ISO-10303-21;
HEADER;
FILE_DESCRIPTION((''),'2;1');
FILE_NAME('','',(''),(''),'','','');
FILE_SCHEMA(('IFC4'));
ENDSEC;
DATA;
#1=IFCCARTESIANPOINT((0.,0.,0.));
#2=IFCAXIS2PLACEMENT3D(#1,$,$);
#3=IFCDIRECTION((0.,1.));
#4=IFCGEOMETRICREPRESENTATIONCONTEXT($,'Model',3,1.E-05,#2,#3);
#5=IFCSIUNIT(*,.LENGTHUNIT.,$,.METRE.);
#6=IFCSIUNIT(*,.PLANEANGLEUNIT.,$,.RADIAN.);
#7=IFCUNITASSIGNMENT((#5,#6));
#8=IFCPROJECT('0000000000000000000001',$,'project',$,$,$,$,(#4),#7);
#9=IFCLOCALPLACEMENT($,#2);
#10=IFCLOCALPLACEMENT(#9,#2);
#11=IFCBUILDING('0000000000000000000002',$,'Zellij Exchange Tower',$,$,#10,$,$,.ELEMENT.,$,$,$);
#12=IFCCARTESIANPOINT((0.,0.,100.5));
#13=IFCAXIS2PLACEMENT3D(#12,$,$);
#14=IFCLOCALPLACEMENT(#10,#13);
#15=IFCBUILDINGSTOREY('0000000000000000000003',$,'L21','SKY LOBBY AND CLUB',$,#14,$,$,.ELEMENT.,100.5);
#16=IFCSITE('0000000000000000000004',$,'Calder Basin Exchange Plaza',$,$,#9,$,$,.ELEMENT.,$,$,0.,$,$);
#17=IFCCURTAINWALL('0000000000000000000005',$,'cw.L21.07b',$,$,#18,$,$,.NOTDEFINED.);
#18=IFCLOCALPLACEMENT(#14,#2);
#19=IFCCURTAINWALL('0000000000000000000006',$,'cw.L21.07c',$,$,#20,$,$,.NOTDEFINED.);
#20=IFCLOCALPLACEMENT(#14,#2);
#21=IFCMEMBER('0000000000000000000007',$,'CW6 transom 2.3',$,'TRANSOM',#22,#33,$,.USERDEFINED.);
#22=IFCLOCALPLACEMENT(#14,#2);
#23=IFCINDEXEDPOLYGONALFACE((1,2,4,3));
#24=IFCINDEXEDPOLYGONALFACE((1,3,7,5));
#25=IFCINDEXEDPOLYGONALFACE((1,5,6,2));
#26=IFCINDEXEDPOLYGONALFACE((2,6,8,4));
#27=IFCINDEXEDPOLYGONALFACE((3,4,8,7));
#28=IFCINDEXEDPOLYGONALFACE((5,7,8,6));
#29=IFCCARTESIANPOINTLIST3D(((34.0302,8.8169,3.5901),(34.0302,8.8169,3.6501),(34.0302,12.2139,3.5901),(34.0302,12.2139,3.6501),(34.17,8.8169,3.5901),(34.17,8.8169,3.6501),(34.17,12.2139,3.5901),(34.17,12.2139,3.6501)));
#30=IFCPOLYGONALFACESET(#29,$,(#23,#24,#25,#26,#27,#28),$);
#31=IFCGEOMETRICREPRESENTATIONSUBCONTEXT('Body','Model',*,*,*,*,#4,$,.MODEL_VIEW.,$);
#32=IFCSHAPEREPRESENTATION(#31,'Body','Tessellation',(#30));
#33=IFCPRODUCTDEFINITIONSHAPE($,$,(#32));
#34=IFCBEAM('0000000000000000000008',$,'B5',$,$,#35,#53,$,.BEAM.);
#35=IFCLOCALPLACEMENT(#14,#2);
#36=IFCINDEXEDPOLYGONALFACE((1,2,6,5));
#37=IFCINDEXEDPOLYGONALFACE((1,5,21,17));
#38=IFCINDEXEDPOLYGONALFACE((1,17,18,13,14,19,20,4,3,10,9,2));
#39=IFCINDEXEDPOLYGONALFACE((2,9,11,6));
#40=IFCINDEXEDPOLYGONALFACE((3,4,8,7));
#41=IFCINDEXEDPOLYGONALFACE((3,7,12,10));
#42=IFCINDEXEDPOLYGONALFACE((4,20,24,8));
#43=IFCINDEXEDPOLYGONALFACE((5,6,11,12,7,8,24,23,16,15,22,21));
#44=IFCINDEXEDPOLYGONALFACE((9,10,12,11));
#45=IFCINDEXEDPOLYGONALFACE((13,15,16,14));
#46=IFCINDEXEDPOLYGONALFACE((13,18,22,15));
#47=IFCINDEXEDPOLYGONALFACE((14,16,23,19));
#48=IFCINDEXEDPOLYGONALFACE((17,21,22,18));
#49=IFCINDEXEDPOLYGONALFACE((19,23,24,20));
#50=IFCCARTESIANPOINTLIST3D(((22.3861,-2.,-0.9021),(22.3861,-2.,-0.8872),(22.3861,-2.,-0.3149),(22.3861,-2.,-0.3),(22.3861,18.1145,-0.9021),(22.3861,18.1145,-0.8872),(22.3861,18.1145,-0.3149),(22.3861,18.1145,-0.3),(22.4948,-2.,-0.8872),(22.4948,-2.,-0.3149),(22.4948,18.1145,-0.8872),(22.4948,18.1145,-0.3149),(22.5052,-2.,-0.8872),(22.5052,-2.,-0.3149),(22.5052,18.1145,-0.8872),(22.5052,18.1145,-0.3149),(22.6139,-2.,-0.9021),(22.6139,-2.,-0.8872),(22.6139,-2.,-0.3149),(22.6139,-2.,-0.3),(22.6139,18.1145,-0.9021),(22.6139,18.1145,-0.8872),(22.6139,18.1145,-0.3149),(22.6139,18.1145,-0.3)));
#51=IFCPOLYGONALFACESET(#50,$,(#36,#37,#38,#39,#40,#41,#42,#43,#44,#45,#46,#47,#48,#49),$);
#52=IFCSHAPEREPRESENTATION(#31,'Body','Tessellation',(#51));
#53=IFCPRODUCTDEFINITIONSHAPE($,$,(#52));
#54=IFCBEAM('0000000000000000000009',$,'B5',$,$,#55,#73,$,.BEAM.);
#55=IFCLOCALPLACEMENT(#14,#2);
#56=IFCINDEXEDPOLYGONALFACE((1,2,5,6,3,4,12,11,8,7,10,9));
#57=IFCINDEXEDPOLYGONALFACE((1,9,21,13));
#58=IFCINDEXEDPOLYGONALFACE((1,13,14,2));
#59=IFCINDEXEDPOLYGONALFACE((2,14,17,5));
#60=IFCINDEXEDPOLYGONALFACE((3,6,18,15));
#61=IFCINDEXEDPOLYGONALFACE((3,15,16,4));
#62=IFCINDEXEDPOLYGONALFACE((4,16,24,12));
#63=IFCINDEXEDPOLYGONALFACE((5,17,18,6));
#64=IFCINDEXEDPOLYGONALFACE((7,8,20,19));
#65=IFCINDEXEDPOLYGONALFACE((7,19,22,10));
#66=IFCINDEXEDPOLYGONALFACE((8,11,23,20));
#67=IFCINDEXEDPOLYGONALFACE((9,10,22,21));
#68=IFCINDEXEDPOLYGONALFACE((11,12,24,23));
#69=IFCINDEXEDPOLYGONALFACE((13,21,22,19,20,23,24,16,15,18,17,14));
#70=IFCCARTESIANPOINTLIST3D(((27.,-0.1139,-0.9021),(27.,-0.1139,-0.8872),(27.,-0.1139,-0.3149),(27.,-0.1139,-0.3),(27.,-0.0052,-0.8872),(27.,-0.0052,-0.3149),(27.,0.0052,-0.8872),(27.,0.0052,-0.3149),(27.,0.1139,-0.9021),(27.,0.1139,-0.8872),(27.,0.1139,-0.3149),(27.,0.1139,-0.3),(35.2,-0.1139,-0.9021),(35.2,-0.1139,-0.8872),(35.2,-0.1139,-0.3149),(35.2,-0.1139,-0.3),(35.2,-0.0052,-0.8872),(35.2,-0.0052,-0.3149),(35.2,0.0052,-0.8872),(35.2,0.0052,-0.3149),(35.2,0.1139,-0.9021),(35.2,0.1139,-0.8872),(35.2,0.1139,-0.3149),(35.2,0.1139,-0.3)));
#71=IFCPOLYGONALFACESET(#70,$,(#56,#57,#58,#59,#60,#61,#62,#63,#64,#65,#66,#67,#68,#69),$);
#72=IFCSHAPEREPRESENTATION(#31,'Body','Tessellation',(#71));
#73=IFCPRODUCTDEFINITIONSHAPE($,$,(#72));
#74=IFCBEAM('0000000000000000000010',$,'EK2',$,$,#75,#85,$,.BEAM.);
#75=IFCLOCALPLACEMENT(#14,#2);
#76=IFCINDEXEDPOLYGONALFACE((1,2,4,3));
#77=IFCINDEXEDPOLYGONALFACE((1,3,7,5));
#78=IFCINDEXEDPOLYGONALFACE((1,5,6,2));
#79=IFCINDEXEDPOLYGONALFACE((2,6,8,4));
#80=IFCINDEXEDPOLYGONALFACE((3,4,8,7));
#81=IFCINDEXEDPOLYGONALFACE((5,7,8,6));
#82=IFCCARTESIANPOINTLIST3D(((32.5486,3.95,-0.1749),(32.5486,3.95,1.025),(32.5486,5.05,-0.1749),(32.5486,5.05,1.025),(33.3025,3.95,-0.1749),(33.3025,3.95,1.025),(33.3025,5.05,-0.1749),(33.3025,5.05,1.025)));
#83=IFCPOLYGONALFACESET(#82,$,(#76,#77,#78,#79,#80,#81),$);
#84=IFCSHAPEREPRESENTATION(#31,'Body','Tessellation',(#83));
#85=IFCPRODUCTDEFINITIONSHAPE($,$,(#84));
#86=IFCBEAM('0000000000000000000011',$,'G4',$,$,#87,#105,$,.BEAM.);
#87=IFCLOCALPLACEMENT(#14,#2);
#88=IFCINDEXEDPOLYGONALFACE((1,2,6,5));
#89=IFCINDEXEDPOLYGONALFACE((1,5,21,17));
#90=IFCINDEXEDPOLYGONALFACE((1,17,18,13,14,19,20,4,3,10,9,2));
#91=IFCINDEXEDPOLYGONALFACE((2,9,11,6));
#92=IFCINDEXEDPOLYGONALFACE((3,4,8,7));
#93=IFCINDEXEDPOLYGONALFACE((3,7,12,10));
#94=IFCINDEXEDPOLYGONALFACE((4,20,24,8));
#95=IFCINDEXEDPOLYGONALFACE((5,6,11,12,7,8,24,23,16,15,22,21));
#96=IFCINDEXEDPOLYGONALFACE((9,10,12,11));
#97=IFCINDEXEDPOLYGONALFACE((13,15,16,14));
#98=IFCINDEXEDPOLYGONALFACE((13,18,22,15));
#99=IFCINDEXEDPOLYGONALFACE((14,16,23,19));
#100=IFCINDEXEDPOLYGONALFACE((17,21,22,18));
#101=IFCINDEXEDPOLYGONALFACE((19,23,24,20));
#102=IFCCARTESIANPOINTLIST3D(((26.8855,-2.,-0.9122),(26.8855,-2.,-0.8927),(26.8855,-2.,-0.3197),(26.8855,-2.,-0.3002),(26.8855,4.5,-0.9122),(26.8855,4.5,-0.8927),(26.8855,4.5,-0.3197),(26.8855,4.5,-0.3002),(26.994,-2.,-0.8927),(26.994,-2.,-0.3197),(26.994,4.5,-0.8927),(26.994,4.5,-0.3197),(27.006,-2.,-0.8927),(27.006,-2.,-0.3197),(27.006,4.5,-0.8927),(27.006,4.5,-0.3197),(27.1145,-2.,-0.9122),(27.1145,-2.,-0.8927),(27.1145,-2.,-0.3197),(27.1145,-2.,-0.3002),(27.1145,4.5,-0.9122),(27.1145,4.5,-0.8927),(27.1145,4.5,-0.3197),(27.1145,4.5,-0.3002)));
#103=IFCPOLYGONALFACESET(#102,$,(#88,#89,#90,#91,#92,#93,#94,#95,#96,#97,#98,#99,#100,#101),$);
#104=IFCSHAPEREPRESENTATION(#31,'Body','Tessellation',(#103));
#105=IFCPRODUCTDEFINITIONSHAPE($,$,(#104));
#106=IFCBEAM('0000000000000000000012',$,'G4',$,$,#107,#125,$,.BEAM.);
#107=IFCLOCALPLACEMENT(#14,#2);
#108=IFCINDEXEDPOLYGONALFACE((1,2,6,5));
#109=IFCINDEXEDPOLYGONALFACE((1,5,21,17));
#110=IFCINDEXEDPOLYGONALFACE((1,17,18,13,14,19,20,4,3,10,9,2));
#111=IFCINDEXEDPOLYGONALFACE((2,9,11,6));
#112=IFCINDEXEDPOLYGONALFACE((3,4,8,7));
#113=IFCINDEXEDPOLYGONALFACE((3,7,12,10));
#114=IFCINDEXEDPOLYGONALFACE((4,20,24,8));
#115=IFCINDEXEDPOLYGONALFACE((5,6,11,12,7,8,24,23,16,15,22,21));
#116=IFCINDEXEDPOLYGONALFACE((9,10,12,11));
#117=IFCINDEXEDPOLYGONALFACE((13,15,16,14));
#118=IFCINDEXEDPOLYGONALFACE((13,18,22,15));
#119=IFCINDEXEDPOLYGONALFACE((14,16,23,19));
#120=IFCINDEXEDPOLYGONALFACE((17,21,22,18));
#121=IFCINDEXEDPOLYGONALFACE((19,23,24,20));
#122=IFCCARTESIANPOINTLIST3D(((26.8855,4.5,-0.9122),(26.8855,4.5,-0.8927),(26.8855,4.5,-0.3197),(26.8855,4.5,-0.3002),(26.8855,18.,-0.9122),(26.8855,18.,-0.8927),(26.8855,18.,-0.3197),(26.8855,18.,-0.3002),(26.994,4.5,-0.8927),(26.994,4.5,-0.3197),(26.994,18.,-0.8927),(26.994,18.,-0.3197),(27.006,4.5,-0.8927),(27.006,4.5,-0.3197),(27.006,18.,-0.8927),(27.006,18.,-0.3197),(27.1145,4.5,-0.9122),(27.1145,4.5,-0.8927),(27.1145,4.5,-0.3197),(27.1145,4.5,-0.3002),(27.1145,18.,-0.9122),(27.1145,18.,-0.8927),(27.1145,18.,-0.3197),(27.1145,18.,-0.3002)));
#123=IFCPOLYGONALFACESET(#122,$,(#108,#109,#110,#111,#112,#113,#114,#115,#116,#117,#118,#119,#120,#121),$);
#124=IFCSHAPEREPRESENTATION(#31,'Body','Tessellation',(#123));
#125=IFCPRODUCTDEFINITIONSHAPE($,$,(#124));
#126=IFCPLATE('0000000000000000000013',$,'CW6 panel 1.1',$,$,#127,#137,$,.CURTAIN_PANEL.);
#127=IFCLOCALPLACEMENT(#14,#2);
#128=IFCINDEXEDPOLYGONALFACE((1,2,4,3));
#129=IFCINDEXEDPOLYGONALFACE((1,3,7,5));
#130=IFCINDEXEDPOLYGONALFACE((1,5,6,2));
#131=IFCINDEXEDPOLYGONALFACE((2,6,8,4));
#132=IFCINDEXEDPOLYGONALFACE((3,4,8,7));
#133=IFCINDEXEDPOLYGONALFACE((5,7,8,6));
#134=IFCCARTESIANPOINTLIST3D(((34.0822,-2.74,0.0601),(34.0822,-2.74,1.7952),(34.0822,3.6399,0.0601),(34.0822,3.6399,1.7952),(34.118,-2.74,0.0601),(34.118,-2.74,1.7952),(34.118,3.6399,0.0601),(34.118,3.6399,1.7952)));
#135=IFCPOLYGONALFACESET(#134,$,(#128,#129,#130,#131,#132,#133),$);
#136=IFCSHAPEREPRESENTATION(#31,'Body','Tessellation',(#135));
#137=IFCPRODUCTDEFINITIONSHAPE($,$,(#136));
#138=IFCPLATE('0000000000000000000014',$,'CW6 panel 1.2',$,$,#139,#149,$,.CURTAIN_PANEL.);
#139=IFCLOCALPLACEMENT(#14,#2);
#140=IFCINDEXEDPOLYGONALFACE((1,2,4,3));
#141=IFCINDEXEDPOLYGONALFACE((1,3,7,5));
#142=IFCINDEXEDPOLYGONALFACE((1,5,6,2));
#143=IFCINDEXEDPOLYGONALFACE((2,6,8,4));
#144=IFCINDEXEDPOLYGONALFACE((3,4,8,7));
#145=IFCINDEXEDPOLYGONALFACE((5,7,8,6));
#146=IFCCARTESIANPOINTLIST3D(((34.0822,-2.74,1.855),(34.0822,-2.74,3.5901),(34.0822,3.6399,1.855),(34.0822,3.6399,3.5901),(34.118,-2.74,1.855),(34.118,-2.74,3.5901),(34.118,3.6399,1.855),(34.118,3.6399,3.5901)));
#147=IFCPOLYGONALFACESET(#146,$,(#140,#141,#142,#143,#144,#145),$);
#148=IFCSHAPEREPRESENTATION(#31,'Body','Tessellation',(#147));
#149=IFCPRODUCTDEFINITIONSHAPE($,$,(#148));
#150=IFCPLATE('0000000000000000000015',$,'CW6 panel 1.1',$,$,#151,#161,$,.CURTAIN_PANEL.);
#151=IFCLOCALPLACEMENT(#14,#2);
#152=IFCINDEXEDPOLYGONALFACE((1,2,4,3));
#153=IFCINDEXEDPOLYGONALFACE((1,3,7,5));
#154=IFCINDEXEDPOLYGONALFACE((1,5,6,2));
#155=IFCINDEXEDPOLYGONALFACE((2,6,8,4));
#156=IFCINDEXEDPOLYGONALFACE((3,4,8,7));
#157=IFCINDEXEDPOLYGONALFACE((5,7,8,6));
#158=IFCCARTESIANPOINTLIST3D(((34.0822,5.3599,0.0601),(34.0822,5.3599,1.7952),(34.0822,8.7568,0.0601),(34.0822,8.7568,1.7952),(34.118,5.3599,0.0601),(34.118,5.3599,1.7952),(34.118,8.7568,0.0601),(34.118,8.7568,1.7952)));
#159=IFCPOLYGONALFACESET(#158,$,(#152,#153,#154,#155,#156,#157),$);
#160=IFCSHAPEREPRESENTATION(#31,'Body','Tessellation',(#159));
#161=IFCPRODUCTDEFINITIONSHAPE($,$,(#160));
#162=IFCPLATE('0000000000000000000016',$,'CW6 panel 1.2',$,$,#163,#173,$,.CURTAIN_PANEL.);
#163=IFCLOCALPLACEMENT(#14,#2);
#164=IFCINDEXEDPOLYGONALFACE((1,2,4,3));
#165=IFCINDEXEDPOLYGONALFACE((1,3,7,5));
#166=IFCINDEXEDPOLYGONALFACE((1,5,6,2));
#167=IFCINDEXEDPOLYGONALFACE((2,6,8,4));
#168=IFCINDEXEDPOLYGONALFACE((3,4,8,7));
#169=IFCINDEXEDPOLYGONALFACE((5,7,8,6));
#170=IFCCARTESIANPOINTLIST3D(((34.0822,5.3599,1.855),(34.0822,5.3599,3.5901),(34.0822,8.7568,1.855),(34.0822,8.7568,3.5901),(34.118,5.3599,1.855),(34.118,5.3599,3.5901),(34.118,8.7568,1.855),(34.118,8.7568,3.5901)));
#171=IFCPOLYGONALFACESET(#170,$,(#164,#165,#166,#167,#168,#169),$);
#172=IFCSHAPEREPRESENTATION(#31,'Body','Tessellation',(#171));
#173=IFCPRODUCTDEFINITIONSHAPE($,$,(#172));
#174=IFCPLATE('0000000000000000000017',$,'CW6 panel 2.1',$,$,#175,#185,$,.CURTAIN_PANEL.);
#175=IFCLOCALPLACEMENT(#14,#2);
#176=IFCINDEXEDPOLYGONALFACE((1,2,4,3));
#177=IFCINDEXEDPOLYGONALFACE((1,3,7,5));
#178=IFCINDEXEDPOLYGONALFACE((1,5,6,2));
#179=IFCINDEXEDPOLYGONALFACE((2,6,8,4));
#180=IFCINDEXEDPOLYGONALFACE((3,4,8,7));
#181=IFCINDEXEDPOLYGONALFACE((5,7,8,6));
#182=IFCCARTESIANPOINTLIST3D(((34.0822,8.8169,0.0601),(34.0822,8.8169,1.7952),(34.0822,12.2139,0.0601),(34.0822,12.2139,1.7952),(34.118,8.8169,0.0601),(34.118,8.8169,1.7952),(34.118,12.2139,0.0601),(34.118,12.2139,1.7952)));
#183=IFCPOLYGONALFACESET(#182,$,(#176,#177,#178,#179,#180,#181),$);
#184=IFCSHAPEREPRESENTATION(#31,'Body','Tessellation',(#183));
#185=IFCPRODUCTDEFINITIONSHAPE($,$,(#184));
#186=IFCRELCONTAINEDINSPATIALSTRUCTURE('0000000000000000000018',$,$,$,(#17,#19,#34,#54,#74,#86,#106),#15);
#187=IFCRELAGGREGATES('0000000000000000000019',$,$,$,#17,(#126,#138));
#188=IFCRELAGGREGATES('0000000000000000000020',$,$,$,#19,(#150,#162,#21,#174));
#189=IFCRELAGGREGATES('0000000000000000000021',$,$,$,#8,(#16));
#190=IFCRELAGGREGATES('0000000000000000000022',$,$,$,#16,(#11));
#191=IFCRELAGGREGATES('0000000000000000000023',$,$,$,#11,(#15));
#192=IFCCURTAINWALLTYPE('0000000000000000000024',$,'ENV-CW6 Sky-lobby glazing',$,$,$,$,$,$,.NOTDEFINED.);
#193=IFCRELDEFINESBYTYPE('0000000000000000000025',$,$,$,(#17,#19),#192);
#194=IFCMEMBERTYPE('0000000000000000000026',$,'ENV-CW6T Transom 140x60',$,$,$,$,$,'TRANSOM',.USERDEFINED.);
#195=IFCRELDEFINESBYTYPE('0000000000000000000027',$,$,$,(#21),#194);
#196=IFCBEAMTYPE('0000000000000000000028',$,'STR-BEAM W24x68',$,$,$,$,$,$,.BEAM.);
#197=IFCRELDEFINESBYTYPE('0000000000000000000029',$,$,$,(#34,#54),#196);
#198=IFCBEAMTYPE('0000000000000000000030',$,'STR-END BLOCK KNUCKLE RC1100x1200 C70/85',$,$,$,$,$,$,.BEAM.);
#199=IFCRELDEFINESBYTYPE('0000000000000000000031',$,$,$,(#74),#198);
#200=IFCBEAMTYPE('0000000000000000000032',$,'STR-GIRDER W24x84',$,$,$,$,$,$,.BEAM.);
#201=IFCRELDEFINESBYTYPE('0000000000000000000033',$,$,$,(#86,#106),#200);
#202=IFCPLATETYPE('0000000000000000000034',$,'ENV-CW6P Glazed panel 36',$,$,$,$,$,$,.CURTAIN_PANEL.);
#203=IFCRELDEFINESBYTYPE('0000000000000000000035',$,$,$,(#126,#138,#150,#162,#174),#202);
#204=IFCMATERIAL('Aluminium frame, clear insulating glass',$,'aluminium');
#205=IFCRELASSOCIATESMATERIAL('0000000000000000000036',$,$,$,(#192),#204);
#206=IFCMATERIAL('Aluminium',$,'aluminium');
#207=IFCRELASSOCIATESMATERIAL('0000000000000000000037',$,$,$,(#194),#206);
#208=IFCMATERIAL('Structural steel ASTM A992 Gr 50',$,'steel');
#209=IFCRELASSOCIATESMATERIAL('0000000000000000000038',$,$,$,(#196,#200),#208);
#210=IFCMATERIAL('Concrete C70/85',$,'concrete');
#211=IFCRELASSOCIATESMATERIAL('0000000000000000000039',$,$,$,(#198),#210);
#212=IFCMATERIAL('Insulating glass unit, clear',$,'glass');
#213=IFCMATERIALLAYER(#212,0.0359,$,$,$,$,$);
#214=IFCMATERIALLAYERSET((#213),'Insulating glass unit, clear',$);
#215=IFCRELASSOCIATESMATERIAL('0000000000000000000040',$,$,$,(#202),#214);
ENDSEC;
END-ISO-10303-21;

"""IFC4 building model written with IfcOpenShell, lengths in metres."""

from ifc_helpers import new_model, si_unit, direction, frame, origin, origin_2d, place, context, subcontext, project, spatial, rectangle, i_section, extrude, material, layer, layer_set, material_profile, profile_set, type_object, element, aggregate, save


model = new_model("IFC4")

# Units and contexts
model_context = context("Model", 3, precision=1e-05, world=origin(), true_north=direction((0.0, 1.0)))
body_context = subcontext(model_context, "Body", "Model", "MODEL_VIEW")
ifc_project = project(units=[si_unit("LENGTHUNIT", "METRE"), si_unit("PLANEANGLEUNIT", "RADIAN")], contexts=[model_context])

# Site, building, storey
site_placement = place(None, origin())
site = spatial("IfcSite", under=ifc_project, at=site_placement, Name="Calder Basin Exchange Plaza", CompositionType="ELEMENT", RefElevation=0.0)
building_placement = place(site_placement, origin())
building = spatial("IfcBuilding", under=site, at=building_placement, Name="Zellij Exchange Tower", CompositionType="ELEMENT")
storey_placement = place(building_placement, frame((0.0, 0.0, 100.5)))
storey = spatial("IfcBuildingStorey", under=building, at=storey_placement, Name="L21", Description="SKY LOBBY AND CLUB", CompositionType="ELEMENT", Elevation=100.5)

# Shared definitions
ifc_material_1 = material(Name="Concrete C70/85", Category="concrete")

# Curtain walls
ifc_material_2 = material(Name="Aluminium frame, clear insulating glass", Category="aluminium")
curtain_wall_type = type_object("IfcCurtainWallType", Name="ENV-CW6 Sky-lobby glazing", PredefinedType="NOTDEFINED", material=ifc_material_2)
curtain_wall_1_placement = place(storey_placement, origin())
curtain_wall_1 = element("IfcCurtainWall", 1, at=curtain_wall_1_placement, inside=storey, type_object=curtain_wall_type, Name="cw.L21.07b", PredefinedType="NOTDEFINED")
ifc_material_3 = material(Name="Aluminium", Category="aluminium")
curtain_wall_2_placement = place(storey_placement, origin())
curtain_wall_2 = element("IfcCurtainWall", 2, at=curtain_wall_2_placement, inside=storey, type_object=curtain_wall_type, Name="cw.L21.07c", PredefinedType="NOTDEFINED")

# Member
ifc_material_profile_1 = material_profile(ifc_material_3, rectangle(XDim=0.1399, YDim=0.0601, at=origin_2d()), Name="AL 140x60")
ifc_profile_set_1 = profile_set([ifc_material_profile_1], Name="Aluminium")
member_type_1 = type_object("IfcMemberType", Name="ENV-CW6T Transom 140x60", ElementType="TRANSOM", PredefinedType="USERDEFINED", material=ifc_profile_set_1)
member_1_placement = place(storey_placement, frame((34.1001, 8.8169, 3.6201), z_axis=(0.0, 1.0, 0.0), x_axis=(-1.0, 0.0, 0.0)))
member_1 = element("IfcMember", 3, at=member_1_placement, type_object=member_type_1, Name="CW6 transom 2.3", ObjectType="TRANSOM", PredefinedType="USERDEFINED", context=body_context, shape_type="SweptSolid", body=[
    extrude(rectangle(XDim=0.1399, YDim=0.0601, at=origin_2d()), origin(), (0.0, 0.0, 1.0), 3.397),
])

# Beams
ifc_material_4 = material(Name="Structural steel ASTM A992 Gr 50", Category="steel")
ifc_material_profile_2 = material_profile(ifc_material_4, i_section(OverallWidth=0.2278, OverallDepth=0.6021, WebThickness=0.0105, FlangeThickness=0.0149, at=origin_2d()), Name="W24x68")
ifc_profile_set_2 = profile_set([ifc_material_profile_2], Name="Structural steel ASTM A992 Gr 50")
beam_type_1 = type_object("IfcBeamType", Name="STR-BEAM W24x68", PredefinedType="BEAM", material=ifc_profile_set_2)
beam_1_placement = place(storey_placement, frame((22.5, -2.0, -0.6011), z_axis=(0.0, 1.0, 0.0), x_axis=(-1.0, 0.0, 0.0)))
element("IfcBeam", 4, at=beam_1_placement, inside=storey, type_object=beam_type_1, Name="B5", PredefinedType="BEAM", context=body_context, shape_type="SweptSolid", body=[
    extrude(i_section(OverallWidth=0.2278, OverallDepth=0.6021, WebThickness=0.0105, FlangeThickness=0.0149, at=origin_2d()), origin(), (0.0, 0.0, 1.0), 20.1145),
])
beam_2_placement = place(storey_placement, frame((27.0, 0.0, -0.6011), z_axis=(1.0, 0.0, 0.0), x_axis=(0.0, 1.0, 0.0)))
element("IfcBeam", 5, at=beam_2_placement, inside=storey, type_object=beam_type_1, Name="B5", PredefinedType="BEAM", context=body_context, shape_type="SweptSolid", body=[
    extrude(i_section(OverallWidth=0.2278, OverallDepth=0.6021, WebThickness=0.0105, FlangeThickness=0.0149, at=origin_2d()), origin(), (0.0, 0.0, 1.0), 8.2),
])
ifc_material_profile_3 = material_profile(ifc_material_1, rectangle(XDim=1.1001, YDim=1.2, at=origin_2d()), Name="STR-END BLOCK KNUCKLE RC1100x1200 C70/85")
ifc_profile_set_3 = profile_set([ifc_material_profile_3], Name="Concrete C70/85")
beam_type_2 = type_object("IfcBeamType", Name="STR-END BLOCK KNUCKLE RC1100x1200 C70/85", PredefinedType="BEAM", material=ifc_profile_set_3)
beam_3_placement = place(storey_placement, frame((32.5486, 4.5, 0.425), z_axis=(1.0, 0.0, 0.0), x_axis=(0.0, 1.0, 0.0)))
element("IfcBeam", 6, at=beam_3_placement, inside=storey, type_object=beam_type_2, Name="EK2", PredefinedType="BEAM", context=body_context, shape_type="SweptSolid", body=[
    extrude(rectangle(XDim=1.1001, YDim=1.2, at=origin_2d()), origin(), (0.0, 0.0, 1.0), 0.7539),
])
ifc_material_profile_4 = material_profile(ifc_material_4, i_section(OverallWidth=0.229, OverallDepth=0.6121, WebThickness=0.012, FlangeThickness=0.0195, at=origin_2d()), Name="W24x84")
ifc_profile_set_4 = profile_set([ifc_material_profile_4], Name="Structural steel ASTM A992 Gr 50")
beam_type_3 = type_object("IfcBeamType", Name="STR-GIRDER W24x84", PredefinedType="BEAM", material=ifc_profile_set_4)
beam_4_placement = place(storey_placement, frame((27.0, -2.0, -0.6062), z_axis=(0.0, 1.0, 0.0), x_axis=(-1.0, 0.0, 0.0)))
element("IfcBeam", 7, at=beam_4_placement, inside=storey, type_object=beam_type_3, Name="G4", PredefinedType="BEAM", context=body_context, shape_type="SweptSolid", body=[
    extrude(i_section(OverallWidth=0.229, OverallDepth=0.6121, WebThickness=0.012, FlangeThickness=0.0195, at=origin_2d()), origin(), (0.0, 0.0, 1.0), 6.5),
])
beam_5_placement = place(storey_placement, frame((27.0, 4.5, -0.6062), z_axis=(0.0, 1.0, 0.0), x_axis=(-1.0, 0.0, 0.0)))
element("IfcBeam", 8, at=beam_5_placement, inside=storey, type_object=beam_type_3, Name="G4", PredefinedType="BEAM", context=body_context, shape_type="SweptSolid", body=[
    extrude(i_section(OverallWidth=0.229, OverallDepth=0.6121, WebThickness=0.012, FlangeThickness=0.0195, at=origin_2d()), origin(), (0.0, 0.0, 1.0), 13.5),
])

# Plates
ifc_material_5 = material(Name="Insulating glass unit, clear", Category="glass")
ifc_layer_1 = layer(ifc_material_5, 0.0359)
ifc_layer_set_1 = layer_set([ifc_layer_1], Name="Insulating glass unit, clear")
plate_type = type_object("IfcPlateType", Name="ENV-CW6P Glazed panel 36", PredefinedType="CURTAIN_PANEL", material=ifc_layer_set_1)
plate_1_placement = place(storey_placement, frame((34.1001, 0.45, 0.0601), z_axis=(0.0, 0.0, 1.0), x_axis=(0.0, 1.0, 0.0)))
plate_1 = element("IfcPlate", 9, at=plate_1_placement, type_object=plate_type, Name="CW6 panel 1.1", PredefinedType="CURTAIN_PANEL", context=body_context, shape_type="SweptSolid", body=[
    extrude(rectangle(XDim=6.3799, YDim=0.0359, at=origin_2d()), origin(), (0.0, 0.0, 1.0), 1.7351),
])
plate_2_placement = place(storey_placement, frame((34.1001, 0.45, 1.855), z_axis=(0.0, 0.0, 1.0), x_axis=(0.0, 1.0, 0.0)))
plate_2 = element("IfcPlate", 10, at=plate_2_placement, type_object=plate_type, Name="CW6 panel 1.2", PredefinedType="CURTAIN_PANEL", context=body_context, shape_type="SweptSolid", body=[
    extrude(rectangle(XDim=6.3799, YDim=0.0359, at=origin_2d()), origin(), (0.0, 0.0, 1.0), 1.7351),
])
aggregate(curtain_wall_1, [plate_1, plate_2])
plate_3_placement = place(storey_placement, frame((34.1001, 7.0583, 0.0601), z_axis=(0.0, 0.0, 1.0), x_axis=(0.0, 1.0, 0.0)))
plate_3 = element("IfcPlate", 11, at=plate_3_placement, type_object=plate_type, Name="CW6 panel 1.1", PredefinedType="CURTAIN_PANEL", context=body_context, shape_type="SweptSolid", body=[
    extrude(rectangle(XDim=3.397, YDim=0.0359, at=origin_2d()), origin(), (0.0, 0.0, 1.0), 1.7351),
])
plate_4_placement = place(storey_placement, frame((34.1001, 7.0583, 1.855), z_axis=(0.0, 0.0, 1.0), x_axis=(0.0, 1.0, 0.0)))
plate_4 = element("IfcPlate", 12, at=plate_4_placement, type_object=plate_type, Name="CW6 panel 1.2", PredefinedType="CURTAIN_PANEL", context=body_context, shape_type="SweptSolid", body=[
    extrude(rectangle(XDim=3.397, YDim=0.0359, at=origin_2d()), origin(), (0.0, 0.0, 1.0), 1.7351),
])
plate_5_placement = place(storey_placement, frame((34.1001, 10.5154, 0.0601), z_axis=(0.0, 0.0, 1.0), x_axis=(0.0, 1.0, 0.0)))
plate_5 = element("IfcPlate", 13, at=plate_5_placement, type_object=plate_type, Name="CW6 panel 2.1", PredefinedType="CURTAIN_PANEL", context=body_context, shape_type="SweptSolid", body=[
    extrude(rectangle(XDim=3.397, YDim=0.0359, at=origin_2d()), origin(), (0.0, 0.0, 1.0), 1.7351),
])
aggregate(curtain_wall_2, [plate_3, plate_4, member_1, plate_5])

save(model, "model.ifc")
